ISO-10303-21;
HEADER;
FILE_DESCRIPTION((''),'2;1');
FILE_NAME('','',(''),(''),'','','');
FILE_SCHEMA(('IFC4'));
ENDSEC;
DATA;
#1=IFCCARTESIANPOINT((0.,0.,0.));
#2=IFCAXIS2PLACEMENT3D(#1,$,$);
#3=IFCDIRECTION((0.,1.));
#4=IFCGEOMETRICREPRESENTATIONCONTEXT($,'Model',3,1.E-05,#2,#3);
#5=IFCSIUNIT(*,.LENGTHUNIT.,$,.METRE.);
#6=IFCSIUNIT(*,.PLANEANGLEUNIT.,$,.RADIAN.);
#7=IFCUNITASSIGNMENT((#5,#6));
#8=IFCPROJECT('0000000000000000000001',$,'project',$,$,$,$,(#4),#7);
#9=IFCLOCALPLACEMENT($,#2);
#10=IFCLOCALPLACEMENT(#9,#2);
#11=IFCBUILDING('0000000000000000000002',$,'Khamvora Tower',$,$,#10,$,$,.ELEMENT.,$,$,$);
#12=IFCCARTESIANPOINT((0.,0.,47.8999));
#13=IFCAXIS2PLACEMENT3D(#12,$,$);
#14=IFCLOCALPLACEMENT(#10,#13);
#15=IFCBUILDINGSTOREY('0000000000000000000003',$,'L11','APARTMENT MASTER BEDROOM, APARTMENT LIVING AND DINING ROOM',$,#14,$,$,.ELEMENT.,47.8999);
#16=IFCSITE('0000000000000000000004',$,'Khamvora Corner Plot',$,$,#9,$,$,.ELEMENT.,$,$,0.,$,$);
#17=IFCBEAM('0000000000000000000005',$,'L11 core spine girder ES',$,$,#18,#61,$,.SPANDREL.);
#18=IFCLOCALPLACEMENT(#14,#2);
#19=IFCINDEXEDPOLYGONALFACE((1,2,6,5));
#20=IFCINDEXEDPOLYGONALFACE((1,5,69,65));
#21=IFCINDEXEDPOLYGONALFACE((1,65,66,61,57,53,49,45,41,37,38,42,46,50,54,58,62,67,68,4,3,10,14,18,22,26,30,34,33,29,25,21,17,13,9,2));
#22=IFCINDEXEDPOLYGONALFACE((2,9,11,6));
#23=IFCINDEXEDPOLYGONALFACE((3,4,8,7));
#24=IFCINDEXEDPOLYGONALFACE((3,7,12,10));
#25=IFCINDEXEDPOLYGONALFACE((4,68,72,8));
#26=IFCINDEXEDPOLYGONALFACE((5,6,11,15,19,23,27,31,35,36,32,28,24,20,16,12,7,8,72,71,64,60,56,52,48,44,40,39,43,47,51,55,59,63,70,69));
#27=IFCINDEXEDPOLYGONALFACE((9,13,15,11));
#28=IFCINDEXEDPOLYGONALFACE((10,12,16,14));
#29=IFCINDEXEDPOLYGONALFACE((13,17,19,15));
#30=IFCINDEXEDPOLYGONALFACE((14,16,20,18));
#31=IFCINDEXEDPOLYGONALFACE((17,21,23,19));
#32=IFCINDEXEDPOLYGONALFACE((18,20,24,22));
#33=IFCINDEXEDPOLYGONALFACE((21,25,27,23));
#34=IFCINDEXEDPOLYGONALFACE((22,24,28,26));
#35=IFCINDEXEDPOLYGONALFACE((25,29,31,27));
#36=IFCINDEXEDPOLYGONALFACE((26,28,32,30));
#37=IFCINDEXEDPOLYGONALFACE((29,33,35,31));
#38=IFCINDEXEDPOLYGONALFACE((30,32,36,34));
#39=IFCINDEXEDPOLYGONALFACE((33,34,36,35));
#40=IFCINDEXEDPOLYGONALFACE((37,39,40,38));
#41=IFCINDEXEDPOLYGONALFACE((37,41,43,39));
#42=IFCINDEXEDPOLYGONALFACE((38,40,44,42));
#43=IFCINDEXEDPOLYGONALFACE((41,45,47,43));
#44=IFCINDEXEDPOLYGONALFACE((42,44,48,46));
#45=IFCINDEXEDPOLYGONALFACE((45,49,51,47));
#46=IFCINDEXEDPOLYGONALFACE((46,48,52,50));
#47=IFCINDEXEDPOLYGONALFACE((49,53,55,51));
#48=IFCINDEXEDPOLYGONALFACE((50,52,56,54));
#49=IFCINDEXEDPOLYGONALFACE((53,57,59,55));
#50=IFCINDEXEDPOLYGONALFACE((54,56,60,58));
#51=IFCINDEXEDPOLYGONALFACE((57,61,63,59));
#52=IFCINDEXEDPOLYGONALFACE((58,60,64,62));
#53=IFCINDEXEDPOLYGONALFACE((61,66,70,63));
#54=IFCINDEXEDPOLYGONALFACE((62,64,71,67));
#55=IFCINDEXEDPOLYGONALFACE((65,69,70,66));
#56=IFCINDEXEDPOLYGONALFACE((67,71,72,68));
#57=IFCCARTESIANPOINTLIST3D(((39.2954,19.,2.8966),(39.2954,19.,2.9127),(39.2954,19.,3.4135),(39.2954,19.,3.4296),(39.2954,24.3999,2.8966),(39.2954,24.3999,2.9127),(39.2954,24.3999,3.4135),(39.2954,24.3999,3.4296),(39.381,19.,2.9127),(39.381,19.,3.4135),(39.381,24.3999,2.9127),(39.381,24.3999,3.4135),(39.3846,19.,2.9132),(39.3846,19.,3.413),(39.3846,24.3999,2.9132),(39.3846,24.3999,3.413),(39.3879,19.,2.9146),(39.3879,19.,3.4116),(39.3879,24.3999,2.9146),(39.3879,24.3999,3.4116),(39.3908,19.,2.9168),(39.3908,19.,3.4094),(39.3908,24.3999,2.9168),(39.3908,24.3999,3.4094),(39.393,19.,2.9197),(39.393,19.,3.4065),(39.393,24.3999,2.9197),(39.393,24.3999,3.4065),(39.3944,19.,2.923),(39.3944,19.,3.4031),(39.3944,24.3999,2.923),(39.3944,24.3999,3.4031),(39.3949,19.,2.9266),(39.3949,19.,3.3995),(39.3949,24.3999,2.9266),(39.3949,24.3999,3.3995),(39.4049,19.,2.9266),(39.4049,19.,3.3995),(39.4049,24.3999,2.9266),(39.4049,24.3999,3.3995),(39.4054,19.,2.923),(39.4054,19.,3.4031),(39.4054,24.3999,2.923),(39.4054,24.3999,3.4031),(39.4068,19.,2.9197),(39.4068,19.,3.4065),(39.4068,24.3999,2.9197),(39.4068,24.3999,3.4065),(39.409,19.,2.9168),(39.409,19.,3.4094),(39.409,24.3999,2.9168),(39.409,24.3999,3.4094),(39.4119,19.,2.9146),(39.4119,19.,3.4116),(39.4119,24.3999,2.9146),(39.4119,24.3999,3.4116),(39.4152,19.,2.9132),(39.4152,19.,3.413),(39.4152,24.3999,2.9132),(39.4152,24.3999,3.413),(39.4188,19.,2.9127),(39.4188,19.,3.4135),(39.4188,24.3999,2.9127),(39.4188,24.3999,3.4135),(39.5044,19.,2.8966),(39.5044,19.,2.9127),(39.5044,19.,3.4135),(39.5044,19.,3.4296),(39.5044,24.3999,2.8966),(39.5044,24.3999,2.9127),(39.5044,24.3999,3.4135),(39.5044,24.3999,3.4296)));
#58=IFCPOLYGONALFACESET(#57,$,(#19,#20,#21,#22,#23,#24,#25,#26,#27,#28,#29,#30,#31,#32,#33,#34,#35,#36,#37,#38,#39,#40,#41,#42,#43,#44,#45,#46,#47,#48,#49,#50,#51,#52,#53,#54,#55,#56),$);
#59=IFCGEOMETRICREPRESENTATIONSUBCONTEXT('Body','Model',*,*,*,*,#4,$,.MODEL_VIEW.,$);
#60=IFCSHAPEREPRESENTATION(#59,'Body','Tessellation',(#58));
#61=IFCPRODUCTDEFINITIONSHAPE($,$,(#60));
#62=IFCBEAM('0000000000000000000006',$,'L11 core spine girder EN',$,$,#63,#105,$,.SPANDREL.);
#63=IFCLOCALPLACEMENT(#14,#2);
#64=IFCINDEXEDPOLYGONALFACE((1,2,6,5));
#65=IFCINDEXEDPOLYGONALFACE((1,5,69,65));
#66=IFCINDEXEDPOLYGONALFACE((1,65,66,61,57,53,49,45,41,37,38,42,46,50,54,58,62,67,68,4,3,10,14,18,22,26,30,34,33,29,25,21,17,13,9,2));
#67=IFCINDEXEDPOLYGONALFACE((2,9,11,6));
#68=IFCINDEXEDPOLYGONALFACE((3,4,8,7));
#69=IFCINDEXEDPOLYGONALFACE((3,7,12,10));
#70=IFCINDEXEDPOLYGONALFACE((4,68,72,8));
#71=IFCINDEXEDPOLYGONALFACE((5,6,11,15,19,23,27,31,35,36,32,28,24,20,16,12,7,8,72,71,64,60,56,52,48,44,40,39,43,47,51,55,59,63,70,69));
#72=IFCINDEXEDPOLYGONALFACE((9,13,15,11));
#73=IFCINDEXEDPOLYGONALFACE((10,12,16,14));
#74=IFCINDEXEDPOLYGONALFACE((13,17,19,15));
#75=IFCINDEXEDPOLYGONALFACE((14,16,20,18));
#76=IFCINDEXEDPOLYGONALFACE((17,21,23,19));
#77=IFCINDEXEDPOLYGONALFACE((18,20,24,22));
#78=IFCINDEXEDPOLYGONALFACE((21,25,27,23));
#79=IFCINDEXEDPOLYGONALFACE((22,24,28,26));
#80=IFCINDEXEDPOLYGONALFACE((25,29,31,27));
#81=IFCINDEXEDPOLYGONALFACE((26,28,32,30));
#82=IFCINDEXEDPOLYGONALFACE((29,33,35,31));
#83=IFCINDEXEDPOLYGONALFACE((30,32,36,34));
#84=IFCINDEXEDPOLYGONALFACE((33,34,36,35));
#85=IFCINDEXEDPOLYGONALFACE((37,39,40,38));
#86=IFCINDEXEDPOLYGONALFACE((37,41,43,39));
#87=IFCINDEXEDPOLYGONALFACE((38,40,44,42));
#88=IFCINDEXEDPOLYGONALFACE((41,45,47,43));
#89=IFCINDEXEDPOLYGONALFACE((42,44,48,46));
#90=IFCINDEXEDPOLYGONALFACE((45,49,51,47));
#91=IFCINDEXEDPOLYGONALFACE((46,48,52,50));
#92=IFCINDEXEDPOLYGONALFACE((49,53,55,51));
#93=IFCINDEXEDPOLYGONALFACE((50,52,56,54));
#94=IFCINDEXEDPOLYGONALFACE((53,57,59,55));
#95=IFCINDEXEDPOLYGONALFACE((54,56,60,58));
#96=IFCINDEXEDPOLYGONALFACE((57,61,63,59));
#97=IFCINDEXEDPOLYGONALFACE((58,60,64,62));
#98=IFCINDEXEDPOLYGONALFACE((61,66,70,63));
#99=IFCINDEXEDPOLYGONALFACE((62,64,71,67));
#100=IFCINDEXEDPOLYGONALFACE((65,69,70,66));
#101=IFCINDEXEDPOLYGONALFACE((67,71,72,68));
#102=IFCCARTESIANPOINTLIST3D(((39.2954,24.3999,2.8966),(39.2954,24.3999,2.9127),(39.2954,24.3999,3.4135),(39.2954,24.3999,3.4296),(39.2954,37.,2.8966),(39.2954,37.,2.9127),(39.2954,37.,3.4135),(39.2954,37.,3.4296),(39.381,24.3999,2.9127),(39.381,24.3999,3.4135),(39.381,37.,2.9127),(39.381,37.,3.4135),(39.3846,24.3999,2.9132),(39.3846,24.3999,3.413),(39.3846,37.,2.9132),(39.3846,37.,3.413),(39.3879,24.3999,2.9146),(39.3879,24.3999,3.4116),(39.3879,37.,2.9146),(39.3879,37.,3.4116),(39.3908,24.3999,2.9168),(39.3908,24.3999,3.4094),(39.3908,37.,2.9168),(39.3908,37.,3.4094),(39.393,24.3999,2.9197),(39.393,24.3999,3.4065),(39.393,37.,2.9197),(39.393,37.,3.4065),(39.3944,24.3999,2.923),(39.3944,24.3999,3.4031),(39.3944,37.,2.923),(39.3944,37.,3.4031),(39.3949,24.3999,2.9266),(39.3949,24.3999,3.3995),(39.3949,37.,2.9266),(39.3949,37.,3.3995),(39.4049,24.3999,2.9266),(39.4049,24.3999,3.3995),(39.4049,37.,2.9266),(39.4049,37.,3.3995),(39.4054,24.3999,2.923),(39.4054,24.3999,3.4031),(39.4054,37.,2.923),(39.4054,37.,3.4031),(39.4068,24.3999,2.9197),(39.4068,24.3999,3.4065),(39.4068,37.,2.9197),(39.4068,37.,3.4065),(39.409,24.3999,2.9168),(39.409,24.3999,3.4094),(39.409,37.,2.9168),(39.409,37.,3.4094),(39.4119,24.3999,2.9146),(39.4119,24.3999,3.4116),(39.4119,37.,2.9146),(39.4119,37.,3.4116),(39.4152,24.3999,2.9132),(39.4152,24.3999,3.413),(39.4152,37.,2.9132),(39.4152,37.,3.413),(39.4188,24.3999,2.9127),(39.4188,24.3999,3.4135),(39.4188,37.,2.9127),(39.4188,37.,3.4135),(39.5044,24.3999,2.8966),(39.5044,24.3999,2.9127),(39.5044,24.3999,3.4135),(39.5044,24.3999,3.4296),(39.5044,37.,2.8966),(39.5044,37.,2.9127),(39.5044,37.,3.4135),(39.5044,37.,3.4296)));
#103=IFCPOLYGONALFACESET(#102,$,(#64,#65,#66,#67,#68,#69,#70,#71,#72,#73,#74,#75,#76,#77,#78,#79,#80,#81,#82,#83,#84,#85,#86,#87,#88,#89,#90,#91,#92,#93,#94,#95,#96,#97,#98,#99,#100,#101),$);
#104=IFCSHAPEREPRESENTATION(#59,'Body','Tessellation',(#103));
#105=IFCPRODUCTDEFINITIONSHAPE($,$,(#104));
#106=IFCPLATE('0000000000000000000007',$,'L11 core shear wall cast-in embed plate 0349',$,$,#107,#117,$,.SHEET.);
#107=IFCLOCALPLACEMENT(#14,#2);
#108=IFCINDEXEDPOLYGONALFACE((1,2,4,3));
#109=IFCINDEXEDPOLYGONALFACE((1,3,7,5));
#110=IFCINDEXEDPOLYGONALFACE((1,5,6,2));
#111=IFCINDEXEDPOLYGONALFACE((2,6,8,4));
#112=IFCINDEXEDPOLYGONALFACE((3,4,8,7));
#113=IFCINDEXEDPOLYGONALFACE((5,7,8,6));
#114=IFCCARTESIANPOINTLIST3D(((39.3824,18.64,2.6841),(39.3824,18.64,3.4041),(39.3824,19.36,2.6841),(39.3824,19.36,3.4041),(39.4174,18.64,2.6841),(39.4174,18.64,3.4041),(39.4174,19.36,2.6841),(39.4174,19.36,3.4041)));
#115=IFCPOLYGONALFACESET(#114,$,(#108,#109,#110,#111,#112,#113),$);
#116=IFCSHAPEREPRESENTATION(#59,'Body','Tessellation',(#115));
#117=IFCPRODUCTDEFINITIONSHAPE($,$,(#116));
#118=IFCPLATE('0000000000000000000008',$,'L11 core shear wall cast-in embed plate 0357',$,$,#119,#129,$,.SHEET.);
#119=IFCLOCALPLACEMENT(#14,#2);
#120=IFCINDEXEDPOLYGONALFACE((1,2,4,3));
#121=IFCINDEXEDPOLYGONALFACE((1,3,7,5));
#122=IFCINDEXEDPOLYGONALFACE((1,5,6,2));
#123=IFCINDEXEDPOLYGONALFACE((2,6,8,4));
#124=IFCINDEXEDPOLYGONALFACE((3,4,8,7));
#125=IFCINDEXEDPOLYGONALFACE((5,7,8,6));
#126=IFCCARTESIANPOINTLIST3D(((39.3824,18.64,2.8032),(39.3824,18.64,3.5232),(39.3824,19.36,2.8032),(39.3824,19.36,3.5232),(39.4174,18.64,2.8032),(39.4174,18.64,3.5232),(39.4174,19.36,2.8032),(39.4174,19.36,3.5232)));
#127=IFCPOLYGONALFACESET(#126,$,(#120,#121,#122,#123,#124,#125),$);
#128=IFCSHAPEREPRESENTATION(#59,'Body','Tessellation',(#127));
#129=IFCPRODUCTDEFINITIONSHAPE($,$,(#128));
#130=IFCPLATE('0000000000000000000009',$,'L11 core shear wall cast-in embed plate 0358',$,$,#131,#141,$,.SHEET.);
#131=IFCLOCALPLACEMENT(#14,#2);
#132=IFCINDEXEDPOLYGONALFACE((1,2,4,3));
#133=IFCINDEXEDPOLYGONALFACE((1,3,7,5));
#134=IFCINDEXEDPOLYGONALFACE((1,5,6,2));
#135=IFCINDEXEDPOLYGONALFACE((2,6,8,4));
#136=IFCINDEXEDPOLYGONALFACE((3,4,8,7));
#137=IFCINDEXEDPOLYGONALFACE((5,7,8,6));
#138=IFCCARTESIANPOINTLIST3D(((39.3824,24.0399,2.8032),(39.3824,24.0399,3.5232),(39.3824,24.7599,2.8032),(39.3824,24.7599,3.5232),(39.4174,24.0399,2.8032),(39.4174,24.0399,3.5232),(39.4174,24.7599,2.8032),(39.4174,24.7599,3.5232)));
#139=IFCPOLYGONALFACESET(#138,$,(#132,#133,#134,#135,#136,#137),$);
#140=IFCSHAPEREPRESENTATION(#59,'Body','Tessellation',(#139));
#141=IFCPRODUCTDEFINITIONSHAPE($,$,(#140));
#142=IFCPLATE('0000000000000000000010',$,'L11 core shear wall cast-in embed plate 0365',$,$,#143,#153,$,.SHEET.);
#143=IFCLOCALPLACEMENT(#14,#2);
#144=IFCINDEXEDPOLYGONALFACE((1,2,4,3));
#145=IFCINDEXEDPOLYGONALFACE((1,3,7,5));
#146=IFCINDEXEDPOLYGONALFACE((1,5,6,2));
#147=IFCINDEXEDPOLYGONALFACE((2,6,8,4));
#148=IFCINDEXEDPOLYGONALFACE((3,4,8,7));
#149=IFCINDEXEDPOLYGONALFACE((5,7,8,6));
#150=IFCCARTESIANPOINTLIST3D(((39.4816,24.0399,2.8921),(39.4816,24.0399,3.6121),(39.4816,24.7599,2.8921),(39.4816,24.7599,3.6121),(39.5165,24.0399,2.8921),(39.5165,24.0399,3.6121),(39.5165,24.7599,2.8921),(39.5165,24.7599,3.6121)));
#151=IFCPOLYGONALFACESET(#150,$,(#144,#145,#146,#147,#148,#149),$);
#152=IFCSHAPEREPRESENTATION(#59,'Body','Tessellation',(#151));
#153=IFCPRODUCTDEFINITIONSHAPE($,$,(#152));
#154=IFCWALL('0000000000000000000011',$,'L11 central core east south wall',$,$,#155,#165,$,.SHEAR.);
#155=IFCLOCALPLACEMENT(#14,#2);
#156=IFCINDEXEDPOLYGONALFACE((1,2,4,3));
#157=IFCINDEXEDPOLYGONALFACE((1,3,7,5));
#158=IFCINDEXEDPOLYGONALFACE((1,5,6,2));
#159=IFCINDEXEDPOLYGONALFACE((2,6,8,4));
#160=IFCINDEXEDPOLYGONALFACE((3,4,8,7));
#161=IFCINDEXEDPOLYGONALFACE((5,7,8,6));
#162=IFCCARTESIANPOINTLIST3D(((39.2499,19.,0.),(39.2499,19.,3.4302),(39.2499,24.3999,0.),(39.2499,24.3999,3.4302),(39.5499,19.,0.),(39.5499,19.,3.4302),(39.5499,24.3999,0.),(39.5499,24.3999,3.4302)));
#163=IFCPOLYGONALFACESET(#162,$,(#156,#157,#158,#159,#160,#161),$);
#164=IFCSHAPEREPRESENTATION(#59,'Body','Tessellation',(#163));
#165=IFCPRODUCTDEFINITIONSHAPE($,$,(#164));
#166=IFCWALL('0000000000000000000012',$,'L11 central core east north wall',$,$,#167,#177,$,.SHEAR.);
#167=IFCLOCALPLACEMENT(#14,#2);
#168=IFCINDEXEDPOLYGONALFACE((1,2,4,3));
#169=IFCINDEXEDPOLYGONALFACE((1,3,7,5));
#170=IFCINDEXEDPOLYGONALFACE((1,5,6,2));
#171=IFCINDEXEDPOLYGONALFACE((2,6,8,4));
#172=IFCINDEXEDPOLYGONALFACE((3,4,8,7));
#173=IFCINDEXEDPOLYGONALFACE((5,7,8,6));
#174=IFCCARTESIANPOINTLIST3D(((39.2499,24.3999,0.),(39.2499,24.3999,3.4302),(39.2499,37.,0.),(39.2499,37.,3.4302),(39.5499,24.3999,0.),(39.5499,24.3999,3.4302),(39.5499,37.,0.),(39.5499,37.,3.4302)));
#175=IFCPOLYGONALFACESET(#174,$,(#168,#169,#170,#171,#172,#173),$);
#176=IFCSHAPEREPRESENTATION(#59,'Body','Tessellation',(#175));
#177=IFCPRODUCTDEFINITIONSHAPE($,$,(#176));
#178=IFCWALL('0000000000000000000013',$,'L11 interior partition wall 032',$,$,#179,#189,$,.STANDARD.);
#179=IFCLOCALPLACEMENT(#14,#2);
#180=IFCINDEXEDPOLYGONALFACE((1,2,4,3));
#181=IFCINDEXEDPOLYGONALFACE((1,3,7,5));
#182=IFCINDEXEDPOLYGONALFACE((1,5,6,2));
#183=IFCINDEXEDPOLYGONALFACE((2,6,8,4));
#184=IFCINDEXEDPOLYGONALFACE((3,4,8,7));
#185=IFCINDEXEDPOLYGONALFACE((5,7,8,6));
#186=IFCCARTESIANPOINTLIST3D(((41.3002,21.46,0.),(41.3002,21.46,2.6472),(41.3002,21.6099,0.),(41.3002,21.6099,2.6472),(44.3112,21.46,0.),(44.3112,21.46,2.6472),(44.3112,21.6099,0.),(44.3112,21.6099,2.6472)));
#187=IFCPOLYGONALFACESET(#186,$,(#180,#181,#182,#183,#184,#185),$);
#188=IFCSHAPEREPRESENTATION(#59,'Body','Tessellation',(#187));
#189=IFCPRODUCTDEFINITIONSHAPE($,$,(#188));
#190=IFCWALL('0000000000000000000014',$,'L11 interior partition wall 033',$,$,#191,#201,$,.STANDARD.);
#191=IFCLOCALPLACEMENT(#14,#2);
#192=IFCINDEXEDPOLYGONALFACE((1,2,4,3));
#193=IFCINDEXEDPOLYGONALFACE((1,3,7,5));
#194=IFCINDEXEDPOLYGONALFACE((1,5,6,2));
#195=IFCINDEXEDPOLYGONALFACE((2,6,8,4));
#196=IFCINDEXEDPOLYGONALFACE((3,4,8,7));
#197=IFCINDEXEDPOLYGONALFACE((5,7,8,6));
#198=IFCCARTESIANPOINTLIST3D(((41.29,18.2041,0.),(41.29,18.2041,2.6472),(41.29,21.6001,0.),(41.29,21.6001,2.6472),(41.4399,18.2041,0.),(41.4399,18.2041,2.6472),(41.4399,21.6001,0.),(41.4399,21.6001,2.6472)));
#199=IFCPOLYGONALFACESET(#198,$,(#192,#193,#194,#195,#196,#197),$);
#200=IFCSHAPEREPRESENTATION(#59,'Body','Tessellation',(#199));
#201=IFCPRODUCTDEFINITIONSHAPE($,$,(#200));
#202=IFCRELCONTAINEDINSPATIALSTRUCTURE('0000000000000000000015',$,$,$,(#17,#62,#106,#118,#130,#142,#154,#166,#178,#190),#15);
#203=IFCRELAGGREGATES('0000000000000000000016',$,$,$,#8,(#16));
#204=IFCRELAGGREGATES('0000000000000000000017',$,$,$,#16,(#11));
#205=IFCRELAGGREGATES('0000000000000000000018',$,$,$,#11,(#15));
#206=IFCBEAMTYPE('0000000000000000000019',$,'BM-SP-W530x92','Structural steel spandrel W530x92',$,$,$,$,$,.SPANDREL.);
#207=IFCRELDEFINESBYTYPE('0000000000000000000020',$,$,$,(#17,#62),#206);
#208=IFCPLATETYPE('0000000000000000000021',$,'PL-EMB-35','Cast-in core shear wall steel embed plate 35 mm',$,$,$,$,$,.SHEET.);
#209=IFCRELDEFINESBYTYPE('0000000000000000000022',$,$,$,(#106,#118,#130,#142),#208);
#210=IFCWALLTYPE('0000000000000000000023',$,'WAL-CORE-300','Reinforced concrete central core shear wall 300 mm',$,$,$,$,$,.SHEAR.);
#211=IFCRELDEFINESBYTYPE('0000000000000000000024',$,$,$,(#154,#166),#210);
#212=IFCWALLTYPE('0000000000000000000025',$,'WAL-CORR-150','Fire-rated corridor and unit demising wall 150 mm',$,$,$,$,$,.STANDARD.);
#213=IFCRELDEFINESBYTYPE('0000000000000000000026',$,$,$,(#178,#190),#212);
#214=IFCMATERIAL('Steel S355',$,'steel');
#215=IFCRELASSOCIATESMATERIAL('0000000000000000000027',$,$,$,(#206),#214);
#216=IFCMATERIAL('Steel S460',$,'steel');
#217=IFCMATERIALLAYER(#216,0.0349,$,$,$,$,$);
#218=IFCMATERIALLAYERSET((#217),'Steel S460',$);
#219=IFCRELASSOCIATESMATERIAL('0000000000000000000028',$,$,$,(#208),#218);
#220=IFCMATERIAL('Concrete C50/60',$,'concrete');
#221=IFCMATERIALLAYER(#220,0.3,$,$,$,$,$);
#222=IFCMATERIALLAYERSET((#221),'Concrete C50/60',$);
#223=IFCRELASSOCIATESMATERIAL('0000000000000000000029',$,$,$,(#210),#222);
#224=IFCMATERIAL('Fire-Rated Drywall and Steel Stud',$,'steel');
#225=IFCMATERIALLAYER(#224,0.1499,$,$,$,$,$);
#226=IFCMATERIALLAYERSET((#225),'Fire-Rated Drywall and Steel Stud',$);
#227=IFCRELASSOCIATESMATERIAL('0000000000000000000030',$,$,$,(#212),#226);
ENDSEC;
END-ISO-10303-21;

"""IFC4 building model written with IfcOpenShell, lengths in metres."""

from ifc_helpers import new_model, si_unit, direction, frame, frame_2d, origin, origin_2d, place, context, subcontext, project, spatial, rectangle, i_section, extrude, material, layer, layer_set, material_profile, profile_set, type_object, element, save


model = new_model("IFC4")

# Units and contexts
model_context = context("Model", 3, precision=1e-05, world=origin(), true_north=direction((0.0, 1.0)))
body_context = subcontext(model_context, "Body", "Model", "MODEL_VIEW")
ifc_project = project(units=[si_unit("LENGTHUNIT", "METRE"), si_unit("PLANEANGLEUNIT", "RADIAN")], contexts=[model_context])

# Site, building, storey
site_placement = place(None, origin())
site = spatial("IfcSite", under=ifc_project, at=site_placement, Name="Khamvora Corner Plot", CompositionType="ELEMENT", RefElevation=0.0)
building_placement = place(site_placement, origin())
building = spatial("IfcBuilding", under=site, at=building_placement, Name="Khamvora Tower", CompositionType="ELEMENT")
storey_placement = place(building_placement, frame((0.0, 0.0, 47.8999)))
storey = spatial("IfcBuildingStorey", under=building, at=storey_placement, Name="L11", Description="APARTMENT MASTER BEDROOM, APARTMENT LIVING AND DINING ROOM", CompositionType="ELEMENT", Elevation=47.8999)

# Shared definitions
ifc_material_1 = material(Name="Steel S460", Category="steel")

# Beams
ifc_material_2 = material(Name="Steel S355", Category="steel")
ifc_material_profile_1 = material_profile(ifc_material_2, i_section(OverallWidth=0.209, OverallDepth=0.533, WebThickness=0.01, FlangeThickness=0.0161, FilletRadius=0.0139, at=origin_2d()), Name="W530x92")
ifc_profile_set_1 = profile_set([ifc_material_profile_1], Name="Steel S355")
beam_type_1 = type_object("IfcBeamType", Name="BM-SP-W530x92", Description="Structural steel spandrel W530x92", PredefinedType="SPANDREL", material=ifc_profile_set_1)
beam_1_placement = place(storey_placement, frame((39.3999, 19.0, 3.1631), z_axis=(0.0, 1.0, 0.0), x_axis=(-1.0, 0.0, 0.0)))
element("IfcBeam", 1, at=beam_1_placement, inside=storey, type_object=beam_type_1, Name="L11 core spine girder ES", PredefinedType="SPANDREL", context=body_context, shape_type="SweptSolid", body=[
    extrude(i_section(OverallWidth=0.209, OverallDepth=0.533, WebThickness=0.01, FlangeThickness=0.0161, FilletRadius=0.0139, at=origin_2d()), origin(), (0.0, 0.0, 1.0), 5.3999),
])
beam_2_placement = place(storey_placement, frame((39.3999, 24.3999, 3.1631), z_axis=(0.0, 1.0, 0.0), x_axis=(-1.0, 0.0, 0.0)))
element("IfcBeam", 2, at=beam_2_placement, inside=storey, type_object=beam_type_1, Name="L11 core spine girder EN", PredefinedType="SPANDREL", context=body_context, shape_type="SweptSolid", body=[
    extrude(i_section(OverallWidth=0.209, OverallDepth=0.533, WebThickness=0.01, FlangeThickness=0.0161, FilletRadius=0.0139, at=origin_2d()), origin(), (0.0, 0.0, 1.0), 12.6001),
])

# Plates
ifc_layer_1 = layer(ifc_material_1, 0.0349)
ifc_layer_set_1 = layer_set([ifc_layer_1], Name="Steel S460")
plate_type = type_object("IfcPlateType", Name="PL-EMB-35", Description="Cast-in core shear wall steel embed plate 35 mm", PredefinedType="SHEET", material=ifc_layer_set_1)
for number, where, z_axis, x_axis, name in (
    (3, (39.3999, 19.0, 2.6841), (0.0, 0.0, 1.0), (1.0, 0.0, 0.0), "L11 core shear wall cast-in embed plate 0349"),
    (4, (39.3999, 19.0, 2.8032), (0.0, 0.0, 1.0), (1.0, 0.0, 0.0), "L11 core shear wall cast-in embed plate 0357"),
    (5, (39.3999, 24.3999, 2.8032), (0.0, 0.0, 1.0), (1.0, 0.0, 0.0), "L11 core shear wall cast-in embed plate 0358"),
    (6, (39.499, 24.3999, 2.8921), (0.0, 0.0, 1.0), (1.0, 0.0, 0.0), "L11 core shear wall cast-in embed plate 0365"),
):
    element("IfcPlate", number, at=place(storey_placement, frame(where, z_axis=z_axis, x_axis=x_axis)), inside=storey, type_object=plate_type, Name=name, PredefinedType="SHEET", context=body_context, shape_type="SweptSolid", body=[
        extrude(rectangle(XDim=0.0349, YDim=0.72, at=origin_2d()), origin(), (0.0, 0.0, 1.0), 0.72),
    ])

# Walls
ifc_material_3 = material(Name="Concrete C50/60", Category="concrete")
ifc_layer_2 = layer(ifc_material_3, 0.3)
ifc_layer_set_2 = layer_set([ifc_layer_2], Name="Concrete C50/60")
wall_type_1 = type_object("IfcWallType", Name="WAL-CORE-300", Description="Reinforced concrete central core shear wall 300 mm", PredefinedType="SHEAR", material=ifc_layer_set_2)
wall_1_placement = place(storey_placement, frame((39.3999, 19.0, 0.0), z_axis=(0.0, 0.0, 1.0), x_axis=(0.0, 1.0, 0.0)))
element("IfcWall", 7, at=wall_1_placement, inside=storey, type_object=wall_type_1, Name="L11 central core east south wall", PredefinedType="SHEAR", context=body_context, shape_type="SweptSolid", body=[
    extrude(rectangle(XDim=5.3999, YDim=0.3, at=frame_2d((2.7, 0.0))), origin(), (0.0, 0.0, 1.0), 3.4302),
])
wall_2_placement = place(storey_placement, frame((39.3999, 24.3999, 0.0), z_axis=(0.0, 0.0, 1.0), x_axis=(0.0, 1.0, 0.0)))
element("IfcWall", 8, at=wall_2_placement, inside=storey, type_object=wall_type_1, Name="L11 central core east north wall", PredefinedType="SHEAR", context=body_context, shape_type="SweptSolid", body=[
    extrude(rectangle(XDim=12.6001, YDim=0.3, at=frame_2d((6.3, 0.0))), origin(), (0.0, 0.0, 1.0), 3.4302),
])

# Shared definitions
ifc_material_4 = material(Name="Fire-Rated Drywall and Steel Stud", Category="steel")
ifc_layer_3 = layer(ifc_material_4, 0.1499)
ifc_layer_set_3 = layer_set([ifc_layer_3], Name="Fire-Rated Drywall and Steel Stud")
wall_type_2 = type_object("IfcWallType", Name="WAL-CORR-150", Description="Fire-rated corridor and unit demising wall 150 mm", PredefinedType="STANDARD", material=ifc_layer_set_3)

# Walls
wall_3_placement = place(storey_placement, frame((44.311, 21.5349, 0.0), z_axis=(0.0, 0.0, 1.0), x_axis=(-1.0, 0.0, 0.0)))
element("IfcWall", 9, at=wall_3_placement, inside=storey, type_object=wall_type_2, Name="L11 interior partition wall 032", PredefinedType="STANDARD", context=body_context, shape_type="SweptSolid", body=[
    extrude(rectangle(XDim=3.011, YDim=0.1499, at=frame_2d((1.5054, 0.0))), origin(), (0.0, 0.0, 1.0), 2.6472),
])
wall_4_placement = place(storey_placement, frame((41.365, 21.6001, 0.0), z_axis=(0.0, 0.0, 1.0), x_axis=(0.0, -1.0, 0.0)))
element("IfcWall", 10, at=wall_4_placement, inside=storey, type_object=wall_type_2, Name="L11 interior partition wall 033", PredefinedType="STANDARD", context=body_context, shape_type="SweptSolid", body=[
    extrude(rectangle(XDim=3.396, YDim=0.1499, at=frame_2d((1.698, 0.0))), origin(), (0.0, 0.0, 1.0), 2.6472),
])

save(model, "model.ifc")
